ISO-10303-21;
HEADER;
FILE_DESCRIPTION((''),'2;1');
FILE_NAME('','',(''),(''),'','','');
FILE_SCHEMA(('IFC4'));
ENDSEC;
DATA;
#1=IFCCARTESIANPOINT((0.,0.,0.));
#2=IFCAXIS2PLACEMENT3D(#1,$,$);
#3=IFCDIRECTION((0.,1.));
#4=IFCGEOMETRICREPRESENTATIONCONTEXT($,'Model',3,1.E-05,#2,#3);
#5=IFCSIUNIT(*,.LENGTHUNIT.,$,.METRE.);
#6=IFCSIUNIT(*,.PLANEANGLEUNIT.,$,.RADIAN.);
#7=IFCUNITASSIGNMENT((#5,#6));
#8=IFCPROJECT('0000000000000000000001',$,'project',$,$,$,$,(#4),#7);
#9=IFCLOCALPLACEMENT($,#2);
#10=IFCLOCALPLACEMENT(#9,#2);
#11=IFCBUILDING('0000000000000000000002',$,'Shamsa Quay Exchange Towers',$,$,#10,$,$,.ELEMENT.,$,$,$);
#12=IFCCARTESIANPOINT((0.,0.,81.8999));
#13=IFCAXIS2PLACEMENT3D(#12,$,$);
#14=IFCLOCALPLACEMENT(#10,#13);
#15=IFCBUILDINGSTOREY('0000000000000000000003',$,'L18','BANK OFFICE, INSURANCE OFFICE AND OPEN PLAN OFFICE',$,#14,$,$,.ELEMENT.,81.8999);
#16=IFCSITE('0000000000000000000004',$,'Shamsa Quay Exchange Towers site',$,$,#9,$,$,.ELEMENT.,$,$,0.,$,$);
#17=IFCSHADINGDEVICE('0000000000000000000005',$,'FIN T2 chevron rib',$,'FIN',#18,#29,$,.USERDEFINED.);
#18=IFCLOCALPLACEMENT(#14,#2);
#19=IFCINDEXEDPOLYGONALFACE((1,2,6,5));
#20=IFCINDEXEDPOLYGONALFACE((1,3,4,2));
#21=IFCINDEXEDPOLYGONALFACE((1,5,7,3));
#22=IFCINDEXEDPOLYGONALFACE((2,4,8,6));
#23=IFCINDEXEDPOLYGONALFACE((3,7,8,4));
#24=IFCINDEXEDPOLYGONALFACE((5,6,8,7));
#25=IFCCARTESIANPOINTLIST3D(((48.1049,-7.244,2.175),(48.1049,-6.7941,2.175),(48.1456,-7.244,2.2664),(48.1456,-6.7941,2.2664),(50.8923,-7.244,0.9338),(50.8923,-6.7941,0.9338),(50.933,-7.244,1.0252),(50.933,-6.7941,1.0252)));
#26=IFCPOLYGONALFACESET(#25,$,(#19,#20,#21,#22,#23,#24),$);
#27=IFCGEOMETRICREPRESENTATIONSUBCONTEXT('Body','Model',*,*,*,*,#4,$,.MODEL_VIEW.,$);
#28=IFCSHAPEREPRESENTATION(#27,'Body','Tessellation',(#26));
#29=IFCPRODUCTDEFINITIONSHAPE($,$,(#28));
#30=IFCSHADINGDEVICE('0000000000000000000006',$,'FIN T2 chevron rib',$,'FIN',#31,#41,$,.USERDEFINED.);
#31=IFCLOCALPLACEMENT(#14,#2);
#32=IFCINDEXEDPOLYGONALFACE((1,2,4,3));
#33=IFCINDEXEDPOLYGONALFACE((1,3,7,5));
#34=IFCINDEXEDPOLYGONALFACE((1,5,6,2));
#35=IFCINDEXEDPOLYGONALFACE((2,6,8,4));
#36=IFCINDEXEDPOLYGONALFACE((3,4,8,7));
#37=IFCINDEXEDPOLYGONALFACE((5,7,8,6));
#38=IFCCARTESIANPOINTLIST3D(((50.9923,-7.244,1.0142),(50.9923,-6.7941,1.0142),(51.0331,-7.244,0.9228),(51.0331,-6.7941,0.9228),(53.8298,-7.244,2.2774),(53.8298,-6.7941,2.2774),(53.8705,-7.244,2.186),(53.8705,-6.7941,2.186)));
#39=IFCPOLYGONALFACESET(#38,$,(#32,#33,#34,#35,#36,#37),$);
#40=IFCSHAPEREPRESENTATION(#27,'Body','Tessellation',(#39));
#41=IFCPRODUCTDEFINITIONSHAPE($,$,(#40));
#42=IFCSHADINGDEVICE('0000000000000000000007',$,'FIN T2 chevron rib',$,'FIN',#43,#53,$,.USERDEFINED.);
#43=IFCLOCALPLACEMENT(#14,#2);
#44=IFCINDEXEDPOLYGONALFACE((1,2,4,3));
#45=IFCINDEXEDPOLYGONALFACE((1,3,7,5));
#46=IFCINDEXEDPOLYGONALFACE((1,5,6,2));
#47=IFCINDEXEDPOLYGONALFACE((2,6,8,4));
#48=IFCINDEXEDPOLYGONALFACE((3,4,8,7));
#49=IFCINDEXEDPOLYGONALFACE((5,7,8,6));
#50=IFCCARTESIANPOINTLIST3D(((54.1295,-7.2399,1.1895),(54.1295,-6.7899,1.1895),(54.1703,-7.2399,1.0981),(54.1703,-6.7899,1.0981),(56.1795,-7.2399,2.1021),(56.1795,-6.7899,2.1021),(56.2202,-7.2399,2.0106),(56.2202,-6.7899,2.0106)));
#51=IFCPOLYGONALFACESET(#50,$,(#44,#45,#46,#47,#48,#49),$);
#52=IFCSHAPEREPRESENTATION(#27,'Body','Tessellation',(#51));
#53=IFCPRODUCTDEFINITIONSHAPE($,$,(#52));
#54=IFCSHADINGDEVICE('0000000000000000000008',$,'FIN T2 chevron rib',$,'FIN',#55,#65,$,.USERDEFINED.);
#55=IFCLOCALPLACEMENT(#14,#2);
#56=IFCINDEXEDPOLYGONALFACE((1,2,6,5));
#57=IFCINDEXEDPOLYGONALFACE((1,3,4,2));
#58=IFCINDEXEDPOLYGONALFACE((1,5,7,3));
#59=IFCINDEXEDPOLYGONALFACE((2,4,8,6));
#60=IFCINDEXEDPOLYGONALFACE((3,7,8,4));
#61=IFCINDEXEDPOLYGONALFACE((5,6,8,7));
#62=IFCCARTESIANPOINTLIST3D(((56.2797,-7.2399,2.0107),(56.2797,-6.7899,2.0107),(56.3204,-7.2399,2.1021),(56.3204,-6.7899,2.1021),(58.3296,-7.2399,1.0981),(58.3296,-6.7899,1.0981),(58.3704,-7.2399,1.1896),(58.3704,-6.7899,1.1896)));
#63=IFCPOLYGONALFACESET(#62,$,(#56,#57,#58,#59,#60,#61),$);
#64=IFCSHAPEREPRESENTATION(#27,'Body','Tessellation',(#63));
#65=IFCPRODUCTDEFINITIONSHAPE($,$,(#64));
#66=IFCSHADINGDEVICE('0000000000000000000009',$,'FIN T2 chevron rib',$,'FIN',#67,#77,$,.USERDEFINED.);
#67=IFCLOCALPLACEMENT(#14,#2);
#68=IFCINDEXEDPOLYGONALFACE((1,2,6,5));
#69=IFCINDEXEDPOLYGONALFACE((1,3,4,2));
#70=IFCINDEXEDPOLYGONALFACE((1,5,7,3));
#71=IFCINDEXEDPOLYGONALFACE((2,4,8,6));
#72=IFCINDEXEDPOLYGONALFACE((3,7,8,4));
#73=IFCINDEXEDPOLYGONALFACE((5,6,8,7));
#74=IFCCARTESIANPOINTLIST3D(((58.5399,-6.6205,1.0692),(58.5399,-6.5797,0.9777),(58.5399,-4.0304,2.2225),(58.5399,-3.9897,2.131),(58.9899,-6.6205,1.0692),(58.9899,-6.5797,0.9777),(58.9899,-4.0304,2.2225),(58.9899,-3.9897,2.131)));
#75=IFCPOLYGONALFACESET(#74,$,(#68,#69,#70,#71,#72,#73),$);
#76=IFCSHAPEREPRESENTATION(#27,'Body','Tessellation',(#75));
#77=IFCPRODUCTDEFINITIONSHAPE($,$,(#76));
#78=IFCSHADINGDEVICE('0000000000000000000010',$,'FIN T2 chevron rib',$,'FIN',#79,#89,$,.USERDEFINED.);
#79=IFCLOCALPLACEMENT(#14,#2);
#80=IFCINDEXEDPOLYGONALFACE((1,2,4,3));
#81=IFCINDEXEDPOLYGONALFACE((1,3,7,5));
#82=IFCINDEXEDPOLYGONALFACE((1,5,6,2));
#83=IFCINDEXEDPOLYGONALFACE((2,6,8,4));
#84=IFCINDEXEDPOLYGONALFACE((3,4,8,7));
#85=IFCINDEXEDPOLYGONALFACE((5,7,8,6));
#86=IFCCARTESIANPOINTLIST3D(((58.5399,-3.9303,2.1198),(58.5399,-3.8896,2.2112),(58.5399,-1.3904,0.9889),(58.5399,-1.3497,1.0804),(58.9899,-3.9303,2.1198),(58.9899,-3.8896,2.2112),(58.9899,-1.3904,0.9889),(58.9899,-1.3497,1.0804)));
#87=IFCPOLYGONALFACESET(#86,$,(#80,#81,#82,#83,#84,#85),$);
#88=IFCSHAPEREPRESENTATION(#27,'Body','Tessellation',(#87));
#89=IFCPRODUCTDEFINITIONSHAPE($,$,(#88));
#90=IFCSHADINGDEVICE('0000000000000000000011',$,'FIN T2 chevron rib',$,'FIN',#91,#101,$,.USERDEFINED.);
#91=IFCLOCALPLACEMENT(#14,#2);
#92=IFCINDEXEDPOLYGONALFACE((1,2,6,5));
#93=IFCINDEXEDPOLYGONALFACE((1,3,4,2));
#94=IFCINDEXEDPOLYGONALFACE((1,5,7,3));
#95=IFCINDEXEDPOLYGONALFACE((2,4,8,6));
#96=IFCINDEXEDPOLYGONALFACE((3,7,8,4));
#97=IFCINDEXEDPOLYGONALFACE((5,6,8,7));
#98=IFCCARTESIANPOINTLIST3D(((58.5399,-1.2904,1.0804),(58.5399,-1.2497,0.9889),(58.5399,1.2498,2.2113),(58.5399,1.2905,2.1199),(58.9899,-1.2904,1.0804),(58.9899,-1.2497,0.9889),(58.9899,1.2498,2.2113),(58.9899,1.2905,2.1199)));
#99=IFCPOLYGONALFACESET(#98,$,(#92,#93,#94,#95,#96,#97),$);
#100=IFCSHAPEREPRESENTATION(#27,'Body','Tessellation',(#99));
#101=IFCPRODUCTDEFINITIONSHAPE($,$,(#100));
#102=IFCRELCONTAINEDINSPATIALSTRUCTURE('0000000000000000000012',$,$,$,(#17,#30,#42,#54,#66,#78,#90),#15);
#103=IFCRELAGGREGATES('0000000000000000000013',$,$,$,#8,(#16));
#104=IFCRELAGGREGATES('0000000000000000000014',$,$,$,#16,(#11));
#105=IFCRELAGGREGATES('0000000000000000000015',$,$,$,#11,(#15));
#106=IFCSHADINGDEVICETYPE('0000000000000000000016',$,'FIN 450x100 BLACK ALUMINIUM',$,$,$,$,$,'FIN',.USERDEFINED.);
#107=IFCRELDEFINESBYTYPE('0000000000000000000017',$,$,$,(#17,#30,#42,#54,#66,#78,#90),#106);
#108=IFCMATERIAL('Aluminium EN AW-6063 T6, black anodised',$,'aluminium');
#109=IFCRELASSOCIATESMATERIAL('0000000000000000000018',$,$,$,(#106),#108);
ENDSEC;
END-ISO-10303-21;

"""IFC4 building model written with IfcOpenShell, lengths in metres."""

from ifc_helpers import new_model, si_unit, direction, frame, origin, origin_2d, place, context, subcontext, project, spatial, rectangle, extrude, material, material_profile, profile_set, type_object, element, save


model = new_model("IFC4")

# Units and contexts
model_context = context("Model", 3, precision=1e-05, world=origin(), true_north=direction((0.0, 1.0)))
body_context = subcontext(model_context, "Body", "Model", "MODEL_VIEW")
ifc_project = project(units=[si_unit("LENGTHUNIT", "METRE"), si_unit("PLANEANGLEUNIT", "RADIAN")], contexts=[model_context])

# Site, building, storey
site_placement = place(None, origin())
site = spatial("IfcSite", under=ifc_project, at=site_placement, Name="Shamsa Quay Exchange Towers site", CompositionType="ELEMENT", RefElevation=0.0)
building_placement = place(site_placement, origin())
building = spatial("IfcBuilding", under=site, at=building_placement, Name="Shamsa Quay Exchange Towers", CompositionType="ELEMENT")
storey_placement = place(building_placement, frame((0.0, 0.0, 81.8999)))
storey = spatial("IfcBuildingStorey", under=building, at=storey_placement, Name="L18", Description="BANK OFFICE, INSURANCE OFFICE AND OPEN PLAN OFFICE", CompositionType="ELEMENT", Elevation=81.8999)

# Shared definitions
ifc_material_1 = material(Name="Aluminium EN AW-6063 T6, black anodised", Category="aluminium")

# Shading devices
ifc_material_profile_1 = material_profile(ifc_material_1, rectangle(XDim=0.45, YDim=0.1001, at=origin_2d()), Name="FIN450x100")
ifc_profile_set_1 = profile_set([ifc_material_profile_1], Name="Aluminium EN AW-6063 T6, black anodised")
shading_device_type = type_object("IfcShadingDeviceType", Name="FIN 450x100 BLACK ALUMINIUM", ElementType="FIN", PredefinedType="USERDEFINED", material=ifc_profile_set_1)
shading_device_1_placement = place(storey_placement, frame((48.1252, -7.019, 2.2207), z_axis=(0.913521, 0.0, -0.406792), x_axis=(0.0, 1.0, 0.0)))
element("IfcShadingDevice", 1, at=shading_device_1_placement, inside=storey, type_object=shading_device_type, Name="FIN T2 chevron rib", ObjectType="FIN", PredefinedType="USERDEFINED", context=body_context, shape_type="SweptSolid", body=[
    extrude(rectangle(XDim=0.45, YDim=0.1001, at=origin_2d()), origin(), (0.0, 0.0, 1.0), 3.0513),
])
shading_device_2_placement = place(storey_placement, frame((51.0127, -7.019, 0.9685), z_axis=(0.913559, 0.0, 0.406707), x_axis=(0.0, 1.0, 0.0)))
element("IfcShadingDevice", 2, at=shading_device_2_placement, inside=storey, type_object=shading_device_type, Name="FIN T2 chevron rib", ObjectType="FIN", PredefinedType="USERDEFINED", context=body_context, shape_type="SweptSolid", body=[
    extrude(rectangle(XDim=0.45, YDim=0.1001, at=origin_2d()), origin(), (0.0, 0.0, 1.0), 3.106),
])
for number, where, z_axis, x_axis, name in (
    (3, (54.1499, -7.0149, 1.1438), (0.913569, 0.0, 0.406684), (0.0, 1.0, 0.0), "FIN T2 chevron rib"),
    (4, (56.3, -7.0149, 2.0564), (0.913569, 0.0, -0.406684), (0.0, 1.0, 0.0), "FIN T2 chevron rib"),
):
    element("IfcShadingDevice", number, at=place(storey_placement, frame(where, z_axis=z_axis, x_axis=x_axis)), inside=storey, type_object=shading_device_type, Name=name, ObjectType="FIN", PredefinedType="USERDEFINED", context=body_context, shape_type="SweptSolid", body=[
        extrude(rectangle(XDim=0.45, YDim=0.1001, at=origin_2d()), origin(), (0.0, 0.0, 1.0), 2.2439),
    ])
shading_device_3_placement = place(storey_placement, frame((58.7649, -6.6001, 1.0234), z_axis=(0.0, 0.913527, 0.406778), x_axis=(-1.0, 0.0, 0.0)))
element("IfcShadingDevice", 5, at=shading_device_3_placement, inside=storey, type_object=shading_device_type, Name="FIN T2 chevron rib", ObjectType="FIN", PredefinedType="USERDEFINED", context=body_context, shape_type="SweptSolid", body=[
    extrude(rectangle(XDim=0.45, YDim=0.1001, at=origin_2d()), origin(), (0.0, 0.0, 1.0), 2.8352),
])
shading_device_4_placement = place(storey_placement, frame((58.7649, -3.9099, 2.1655), z_axis=(0.0, 0.913536, -0.406758), x_axis=(-1.0, 0.0, 0.0)))
element("IfcShadingDevice", 6, at=shading_device_4_placement, inside=storey, type_object=shading_device_type, Name="FIN T2 chevron rib", ObjectType="FIN", PredefinedType="USERDEFINED", context=body_context, shape_type="SweptSolid", body=[
    extrude(rectangle(XDim=0.45, YDim=0.1001, at=origin_2d()), origin(), (0.0, 0.0, 1.0), 2.7803),
])
shading_device_5_placement = place(storey_placement, frame((58.7649, -1.27, 1.0347), z_axis=(0.0, 0.913551, 0.406725), x_axis=(-1.0, 0.0, 0.0)))
element("IfcShadingDevice", 7, at=shading_device_5_placement, inside=storey, type_object=shading_device_type, Name="FIN T2 chevron rib", ObjectType="FIN", PredefinedType="USERDEFINED", context=body_context, shape_type="SweptSolid", body=[
    extrude(rectangle(XDim=0.45, YDim=0.1001, at=origin_2d()), origin(), (0.0, 0.0, 1.0), 2.7805),
])

save(model, "model.ifc")
